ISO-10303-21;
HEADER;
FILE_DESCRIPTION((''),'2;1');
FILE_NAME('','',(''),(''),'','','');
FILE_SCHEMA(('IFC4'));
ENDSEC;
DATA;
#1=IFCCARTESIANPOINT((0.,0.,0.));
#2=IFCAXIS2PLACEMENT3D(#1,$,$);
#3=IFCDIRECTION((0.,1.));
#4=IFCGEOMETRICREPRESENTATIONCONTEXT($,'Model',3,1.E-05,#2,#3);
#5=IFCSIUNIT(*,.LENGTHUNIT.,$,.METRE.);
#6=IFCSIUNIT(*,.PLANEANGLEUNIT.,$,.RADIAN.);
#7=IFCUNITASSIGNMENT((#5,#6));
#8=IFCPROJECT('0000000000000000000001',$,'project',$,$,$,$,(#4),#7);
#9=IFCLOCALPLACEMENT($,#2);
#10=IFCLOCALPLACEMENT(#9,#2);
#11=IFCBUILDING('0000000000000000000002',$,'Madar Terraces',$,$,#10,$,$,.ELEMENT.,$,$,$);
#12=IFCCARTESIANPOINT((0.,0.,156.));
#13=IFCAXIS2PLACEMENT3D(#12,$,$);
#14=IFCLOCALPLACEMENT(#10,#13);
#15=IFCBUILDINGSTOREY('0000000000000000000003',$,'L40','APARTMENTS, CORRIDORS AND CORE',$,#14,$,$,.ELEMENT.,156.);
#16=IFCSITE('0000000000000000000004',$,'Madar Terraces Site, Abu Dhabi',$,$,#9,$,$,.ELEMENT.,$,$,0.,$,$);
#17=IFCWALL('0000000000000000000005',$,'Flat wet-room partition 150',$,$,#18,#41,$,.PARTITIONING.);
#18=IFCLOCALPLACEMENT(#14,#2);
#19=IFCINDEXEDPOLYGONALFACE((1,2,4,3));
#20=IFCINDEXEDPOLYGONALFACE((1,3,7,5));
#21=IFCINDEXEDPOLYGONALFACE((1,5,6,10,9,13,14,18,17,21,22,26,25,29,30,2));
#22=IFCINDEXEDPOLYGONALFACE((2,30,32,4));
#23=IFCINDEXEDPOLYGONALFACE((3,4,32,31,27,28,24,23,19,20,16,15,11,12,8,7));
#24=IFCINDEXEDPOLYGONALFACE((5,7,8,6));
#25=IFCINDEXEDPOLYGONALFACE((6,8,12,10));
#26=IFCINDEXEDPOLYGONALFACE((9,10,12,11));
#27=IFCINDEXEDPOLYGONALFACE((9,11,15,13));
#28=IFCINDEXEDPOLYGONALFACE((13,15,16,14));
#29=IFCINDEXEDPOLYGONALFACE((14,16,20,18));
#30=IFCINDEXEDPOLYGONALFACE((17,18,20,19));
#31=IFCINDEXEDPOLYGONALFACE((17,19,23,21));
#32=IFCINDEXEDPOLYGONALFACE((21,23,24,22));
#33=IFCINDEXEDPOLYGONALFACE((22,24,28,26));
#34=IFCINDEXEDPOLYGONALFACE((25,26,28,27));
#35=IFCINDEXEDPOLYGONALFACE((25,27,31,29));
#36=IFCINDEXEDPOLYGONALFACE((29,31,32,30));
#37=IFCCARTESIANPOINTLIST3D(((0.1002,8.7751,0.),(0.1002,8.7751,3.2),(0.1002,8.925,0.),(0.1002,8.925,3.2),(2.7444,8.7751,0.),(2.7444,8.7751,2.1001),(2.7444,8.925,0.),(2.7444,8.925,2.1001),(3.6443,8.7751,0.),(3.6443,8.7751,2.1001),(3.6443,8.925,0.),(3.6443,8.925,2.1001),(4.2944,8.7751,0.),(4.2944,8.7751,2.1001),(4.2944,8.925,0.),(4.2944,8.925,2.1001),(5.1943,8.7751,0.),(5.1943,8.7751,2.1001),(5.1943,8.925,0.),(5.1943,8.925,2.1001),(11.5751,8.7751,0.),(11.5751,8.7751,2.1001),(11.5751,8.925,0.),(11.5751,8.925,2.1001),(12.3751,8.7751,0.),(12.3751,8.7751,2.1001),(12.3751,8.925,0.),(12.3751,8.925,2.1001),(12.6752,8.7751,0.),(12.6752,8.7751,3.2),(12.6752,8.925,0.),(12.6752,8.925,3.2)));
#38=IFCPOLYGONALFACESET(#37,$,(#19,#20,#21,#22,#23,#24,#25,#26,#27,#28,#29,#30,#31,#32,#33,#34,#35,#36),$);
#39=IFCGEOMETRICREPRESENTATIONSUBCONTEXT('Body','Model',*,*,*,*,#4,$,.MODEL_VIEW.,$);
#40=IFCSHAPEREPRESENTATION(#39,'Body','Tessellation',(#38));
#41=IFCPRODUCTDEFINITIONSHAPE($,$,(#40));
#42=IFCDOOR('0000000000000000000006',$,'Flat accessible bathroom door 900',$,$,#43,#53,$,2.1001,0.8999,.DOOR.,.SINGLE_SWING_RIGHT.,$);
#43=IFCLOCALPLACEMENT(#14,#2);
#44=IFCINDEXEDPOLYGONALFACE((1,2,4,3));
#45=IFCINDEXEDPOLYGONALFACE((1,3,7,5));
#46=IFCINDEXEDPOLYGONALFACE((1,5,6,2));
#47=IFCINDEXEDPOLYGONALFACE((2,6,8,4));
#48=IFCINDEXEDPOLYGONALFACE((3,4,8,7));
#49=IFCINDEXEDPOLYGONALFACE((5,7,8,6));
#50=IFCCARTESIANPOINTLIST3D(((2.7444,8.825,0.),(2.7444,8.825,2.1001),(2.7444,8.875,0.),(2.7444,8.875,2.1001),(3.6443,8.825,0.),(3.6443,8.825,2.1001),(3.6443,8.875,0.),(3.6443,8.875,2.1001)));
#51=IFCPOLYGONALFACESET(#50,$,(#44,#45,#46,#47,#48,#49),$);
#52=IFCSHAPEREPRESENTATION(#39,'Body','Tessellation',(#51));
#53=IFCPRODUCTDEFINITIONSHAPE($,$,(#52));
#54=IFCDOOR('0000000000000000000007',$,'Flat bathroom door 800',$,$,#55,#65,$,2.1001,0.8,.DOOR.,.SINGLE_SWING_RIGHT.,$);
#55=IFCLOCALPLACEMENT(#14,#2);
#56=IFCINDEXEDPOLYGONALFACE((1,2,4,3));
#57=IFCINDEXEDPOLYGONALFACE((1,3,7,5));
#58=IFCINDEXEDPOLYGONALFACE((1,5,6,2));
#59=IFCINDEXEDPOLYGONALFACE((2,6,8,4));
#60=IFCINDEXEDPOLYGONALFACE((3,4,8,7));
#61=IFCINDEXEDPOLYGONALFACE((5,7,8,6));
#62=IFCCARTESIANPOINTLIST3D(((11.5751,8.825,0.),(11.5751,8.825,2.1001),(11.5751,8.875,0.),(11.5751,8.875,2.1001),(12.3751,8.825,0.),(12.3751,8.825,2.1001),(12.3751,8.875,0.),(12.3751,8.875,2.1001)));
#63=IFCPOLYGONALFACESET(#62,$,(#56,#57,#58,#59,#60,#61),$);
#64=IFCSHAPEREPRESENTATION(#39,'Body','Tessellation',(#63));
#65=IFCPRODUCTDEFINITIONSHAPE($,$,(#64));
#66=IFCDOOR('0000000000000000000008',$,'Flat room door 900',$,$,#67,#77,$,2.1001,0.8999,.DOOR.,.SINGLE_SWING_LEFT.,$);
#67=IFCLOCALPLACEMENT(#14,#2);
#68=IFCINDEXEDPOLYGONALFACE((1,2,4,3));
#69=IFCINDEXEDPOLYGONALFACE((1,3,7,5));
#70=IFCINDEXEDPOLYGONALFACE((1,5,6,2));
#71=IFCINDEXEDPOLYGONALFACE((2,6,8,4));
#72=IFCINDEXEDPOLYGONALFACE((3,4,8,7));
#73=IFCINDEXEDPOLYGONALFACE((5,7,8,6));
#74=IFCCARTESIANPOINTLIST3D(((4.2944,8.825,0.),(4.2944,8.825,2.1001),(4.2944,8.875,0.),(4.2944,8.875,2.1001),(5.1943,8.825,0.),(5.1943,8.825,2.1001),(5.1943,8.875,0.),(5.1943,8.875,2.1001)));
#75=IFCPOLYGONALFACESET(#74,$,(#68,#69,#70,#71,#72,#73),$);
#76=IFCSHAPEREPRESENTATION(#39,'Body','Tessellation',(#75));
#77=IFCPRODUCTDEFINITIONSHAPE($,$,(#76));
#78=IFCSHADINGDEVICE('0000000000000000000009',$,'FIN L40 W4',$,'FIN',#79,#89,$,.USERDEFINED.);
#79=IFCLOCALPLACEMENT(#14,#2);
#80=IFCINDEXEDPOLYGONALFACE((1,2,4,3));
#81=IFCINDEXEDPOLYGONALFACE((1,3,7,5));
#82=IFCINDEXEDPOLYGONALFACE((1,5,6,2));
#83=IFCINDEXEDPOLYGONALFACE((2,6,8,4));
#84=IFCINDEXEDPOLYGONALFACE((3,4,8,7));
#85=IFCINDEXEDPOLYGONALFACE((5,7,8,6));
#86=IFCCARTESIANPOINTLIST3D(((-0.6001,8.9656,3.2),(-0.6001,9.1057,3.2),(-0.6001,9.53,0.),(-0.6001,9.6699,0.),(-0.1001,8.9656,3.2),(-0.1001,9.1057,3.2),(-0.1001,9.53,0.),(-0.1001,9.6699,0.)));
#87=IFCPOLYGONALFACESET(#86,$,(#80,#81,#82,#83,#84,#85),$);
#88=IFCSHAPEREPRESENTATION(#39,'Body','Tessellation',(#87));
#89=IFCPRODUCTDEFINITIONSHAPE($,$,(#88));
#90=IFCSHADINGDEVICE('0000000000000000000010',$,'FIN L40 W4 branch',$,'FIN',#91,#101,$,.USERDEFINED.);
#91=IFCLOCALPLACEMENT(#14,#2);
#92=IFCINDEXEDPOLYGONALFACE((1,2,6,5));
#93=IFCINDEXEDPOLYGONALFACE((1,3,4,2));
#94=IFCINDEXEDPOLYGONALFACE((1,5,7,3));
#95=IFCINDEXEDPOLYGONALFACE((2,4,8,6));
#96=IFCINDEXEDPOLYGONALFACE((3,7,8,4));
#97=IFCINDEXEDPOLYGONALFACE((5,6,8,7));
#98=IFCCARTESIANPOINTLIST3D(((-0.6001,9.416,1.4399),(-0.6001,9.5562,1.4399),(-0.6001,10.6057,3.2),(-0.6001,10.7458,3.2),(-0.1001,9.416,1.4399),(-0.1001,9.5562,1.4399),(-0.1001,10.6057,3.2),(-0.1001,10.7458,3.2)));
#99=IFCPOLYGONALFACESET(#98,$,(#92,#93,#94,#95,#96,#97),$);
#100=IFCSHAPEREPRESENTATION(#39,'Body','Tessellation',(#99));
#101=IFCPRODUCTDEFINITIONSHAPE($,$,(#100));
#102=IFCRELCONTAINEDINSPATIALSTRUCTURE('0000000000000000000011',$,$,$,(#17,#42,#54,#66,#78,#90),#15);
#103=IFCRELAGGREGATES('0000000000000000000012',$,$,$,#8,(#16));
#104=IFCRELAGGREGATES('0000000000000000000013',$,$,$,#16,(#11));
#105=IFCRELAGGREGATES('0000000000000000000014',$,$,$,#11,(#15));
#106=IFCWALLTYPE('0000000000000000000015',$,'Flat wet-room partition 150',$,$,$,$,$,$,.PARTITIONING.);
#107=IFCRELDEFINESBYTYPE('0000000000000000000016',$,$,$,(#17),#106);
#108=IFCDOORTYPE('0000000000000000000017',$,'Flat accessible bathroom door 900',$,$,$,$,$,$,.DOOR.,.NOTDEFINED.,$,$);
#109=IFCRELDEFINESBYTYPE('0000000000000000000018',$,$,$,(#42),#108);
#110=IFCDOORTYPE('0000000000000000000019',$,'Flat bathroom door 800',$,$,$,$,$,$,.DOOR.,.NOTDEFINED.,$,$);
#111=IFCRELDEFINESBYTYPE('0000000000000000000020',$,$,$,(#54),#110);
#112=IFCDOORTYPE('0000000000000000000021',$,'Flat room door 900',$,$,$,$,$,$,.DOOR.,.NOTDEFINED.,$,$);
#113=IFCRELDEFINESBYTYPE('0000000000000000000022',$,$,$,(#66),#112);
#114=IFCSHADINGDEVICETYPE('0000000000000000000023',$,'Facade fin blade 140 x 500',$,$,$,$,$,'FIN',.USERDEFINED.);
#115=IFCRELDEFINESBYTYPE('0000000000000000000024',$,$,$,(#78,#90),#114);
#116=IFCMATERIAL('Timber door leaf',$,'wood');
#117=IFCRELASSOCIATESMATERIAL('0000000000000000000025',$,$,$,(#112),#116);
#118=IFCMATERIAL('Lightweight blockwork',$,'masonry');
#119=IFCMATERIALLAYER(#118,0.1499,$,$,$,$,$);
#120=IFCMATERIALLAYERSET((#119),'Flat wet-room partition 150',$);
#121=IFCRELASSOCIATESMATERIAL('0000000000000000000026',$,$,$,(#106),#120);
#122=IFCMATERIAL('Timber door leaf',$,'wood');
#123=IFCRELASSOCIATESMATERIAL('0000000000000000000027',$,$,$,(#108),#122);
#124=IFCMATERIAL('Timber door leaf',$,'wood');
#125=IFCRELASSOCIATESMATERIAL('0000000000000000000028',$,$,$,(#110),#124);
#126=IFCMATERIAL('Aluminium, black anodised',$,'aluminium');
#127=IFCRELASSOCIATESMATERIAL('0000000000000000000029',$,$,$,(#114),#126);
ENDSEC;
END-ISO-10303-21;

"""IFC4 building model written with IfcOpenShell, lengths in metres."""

from ifc_helpers import new_model, si_unit, direction, frame, frame_2d, origin, place, context, subcontext, project, spatial, polyline, rectangle, outline, extrude, material, layer, layer_set, type_object, element, fill, save


model = new_model("IFC4")

# Units and contexts
model_context = context("Model", 3, precision=1e-05, world=origin(), true_north=direction((0.0, 1.0)))
body_context = subcontext(model_context, "Body", "Model", "MODEL_VIEW")
ifc_project = project(units=[si_unit("LENGTHUNIT", "METRE"), si_unit("PLANEANGLEUNIT", "RADIAN")], contexts=[model_context])

# Site, building, storey
site_placement = place(None, origin())
site = spatial("IfcSite", under=ifc_project, at=site_placement, Name="Madar Terraces Site, Abu Dhabi", CompositionType="ELEMENT", RefElevation=0.0)
building_placement = place(site_placement, origin())
building = spatial("IfcBuilding", under=site, at=building_placement, Name="Madar Terraces", CompositionType="ELEMENT")
storey_placement = place(building_placement, frame((0.0, 0.0, 156.0)))
storey = spatial("IfcBuildingStorey", under=building, at=storey_placement, Name="L40", Description="APARTMENTS, CORRIDORS AND CORE", CompositionType="ELEMENT", Elevation=156.0)

# Shared definitions
ifc_material_1 = material(Name="Timber door leaf", Category="wood")
door_type_1 = type_object("IfcDoorType", Name="Flat room door 900", OperationType="NOTDEFINED", PredefinedType="DOOR", material=ifc_material_1)

# Shared definitions
ifc_material_2 = material(Name="Lightweight blockwork", Category="masonry")
ifc_layer_1 = layer(ifc_material_2, 0.1499)
ifc_layer_set_1 = layer_set([ifc_layer_1], Name="Flat wet-room partition 150")
wall_type_1 = type_object("IfcWallType", Name="Flat wet-room partition 150", PredefinedType="PARTITIONING", material=ifc_layer_set_1)

# Wall, openings, doors
wall_1_placement = place(storey_placement, frame((0.1001, 8.8501, 0.0), z_axis=(0.0, 0.0, 1.0), x_axis=(1.0, 0.0, 0.0)))
wall_1 = element("IfcWall", 1, at=wall_1_placement, inside=storey, type_object=wall_type_1, Name="Flat wet-room partition 150", PredefinedType="PARTITIONING", context=body_context, shape_type="SweptSolid", body=[
    extrude(rectangle(XDim=12.575, YDim=0.1499, at=frame_2d((6.2876, 0.0))), origin(), (0.0, 0.0, 1.0), 3.2),
])
opening_1_placement = place(wall_1_placement, frame((11.4751, 0.0, 0.0)))
opening_1 = element("IfcOpeningElement", 2, at=opening_1_placement, cuts=wall_1, PredefinedType="OPENING", context=body_context, shape_type="SweptSolid", body=[
    extrude(rectangle(XDim=0.8, YDim=2.1001, at=frame_2d((0.3999, 1.05))), frame((0.0, 0.085, 0.0), z_axis=(0.0, -1.0, 0.0), x_axis=(1.0, 0.0, 0.0)), (0.0, 0.0, 1.0), 0.1699),
])
opening_2_placement = place(wall_1_placement, frame((4.1943, 0.0, 0.0)))
opening_2 = element("IfcOpeningElement", 3, at=opening_2_placement, cuts=wall_1, PredefinedType="OPENING", context=body_context, shape_type="SweptSolid", body=[
    extrude(rectangle(XDim=0.8999, YDim=2.1001, at=frame_2d((0.45, 1.05))), frame((0.0, 0.085, 0.0), z_axis=(0.0, -1.0, 0.0), x_axis=(1.0, 0.0, 0.0)), (0.0, 0.0, 1.0), 0.1699),
])
opening_3_placement = place(wall_1_placement, frame((2.6443, 0.0, 0.0)))
opening_3 = element("IfcOpeningElement", 4, at=opening_3_placement, cuts=wall_1, PredefinedType="OPENING", context=body_context, shape_type="SweptSolid", body=[
    extrude(rectangle(XDim=0.8999, YDim=2.1001, at=frame_2d((0.45, 1.05))), frame((0.0, 0.085, 0.0), z_axis=(0.0, -1.0, 0.0), x_axis=(1.0, 0.0, 0.0)), (0.0, 0.0, 1.0), 0.1699),
])
ifc_material_3 = material(Name="Timber door leaf", Category="wood")
door_type_2 = type_object("IfcDoorType", Name="Flat accessible bathroom door 900", OperationType="NOTDEFINED", PredefinedType="DOOR", material=ifc_material_3)
door_1_placement = place(opening_3_placement, origin())
door_1 = element("IfcDoor", 5, at=door_1_placement, inside=storey, type_object=door_type_2, Name="Flat accessible bathroom door 900", OperationType="SINGLE_SWING_RIGHT", OverallHeight=2.1001, OverallWidth=0.8999, PredefinedType="DOOR", context=body_context, shape_type="SweptSolid", body=[
    extrude(rectangle(XDim=0.8999, YDim=2.1001, at=frame_2d((0.45, 1.05))), frame((0.0, 0.0249, 0.0), z_axis=(0.0, -1.0, 0.0), x_axis=(1.0, 0.0, 0.0)), (0.0, 0.0, 1.0), 0.05),
])
fill(opening_3, door_1)
ifc_material_4 = material(Name="Timber door leaf", Category="wood")
door_type_3 = type_object("IfcDoorType", Name="Flat bathroom door 800", OperationType="NOTDEFINED", PredefinedType="DOOR", material=ifc_material_4)
door_2_placement = place(opening_1_placement, origin())
door_2 = element("IfcDoor", 6, at=door_2_placement, inside=storey, type_object=door_type_3, Name="Flat bathroom door 800", OperationType="SINGLE_SWING_RIGHT", OverallHeight=2.1001, OverallWidth=0.8, PredefinedType="DOOR", context=body_context, shape_type="SweptSolid", body=[
    extrude(rectangle(XDim=0.8, YDim=2.1001, at=frame_2d((0.3999, 1.05))), frame((0.0, 0.0249, 0.0), z_axis=(0.0, -1.0, 0.0), x_axis=(1.0, 0.0, 0.0)), (0.0, 0.0, 1.0), 0.05),
])
fill(opening_1, door_2)
door_3_placement = place(opening_2_placement, origin())
door_3 = element("IfcDoor", 7, at=door_3_placement, inside=storey, type_object=door_type_1, Name="Flat room door 900", OperationType="SINGLE_SWING_LEFT", OverallHeight=2.1001, OverallWidth=0.8999, PredefinedType="DOOR", context=body_context, shape_type="SweptSolid", body=[
    extrude(rectangle(XDim=0.8999, YDim=2.1001, at=frame_2d((0.45, 1.05))), frame((0.0, 0.0249, 0.0), z_axis=(0.0, -1.0, 0.0), x_axis=(1.0, 0.0, 0.0)), (0.0, 0.0, 1.0), 0.05),
])
fill(opening_2, door_3)

# Shading devices
ifc_material_5 = material(Name="Aluminium, black anodised", Category="aluminium")
shading_device_type = type_object("IfcShadingDeviceType", Name="Facade fin blade 140 x 500", ElementType="FIN", PredefinedType="USERDEFINED", material=ifc_material_5)
shading_device_1_placement = place(storey_placement, frame((-0.3501, 9.6699, 0.0), z_axis=(0.0, 0.0, 1.0), x_axis=(0.0, -1.0, 0.0)))
element("IfcShadingDevice", 8, at=shading_device_1_placement, inside=storey, type_object=shading_device_type, Name="FIN L40 W4", ObjectType="FIN", PredefinedType="USERDEFINED", context=body_context, shape_type="SweptSolid", body=[
    extrude(outline(polyline([(0.0, 0.0), (0.1399, 0.0), (0.7043, 3.2), (0.5642, 3.2), (0.0, 0.0)])), frame((0.0, 0.25, 0.0), z_axis=(0.0, -1.0, 0.0), x_axis=(1.0, 0.0, 0.0)), (0.0, 0.0, 1.0), 0.5),
])
shading_device_2_placement = place(storey_placement, frame((-0.3501, 9.5562, 1.4399), z_axis=(0.0, 0.0, 1.0), x_axis=(0.0, -1.0, 0.0)))
element("IfcShadingDevice", 9, at=shading_device_2_placement, inside=storey, type_object=shading_device_type, Name="FIN L40 W4 branch", ObjectType="FIN", PredefinedType="USERDEFINED", context=body_context, shape_type="SweptSolid", body=[
    extrude(outline(polyline([(0.0, 0.0), (0.1401, 0.0), (-1.0496, 1.76), (-1.1897, 1.76), (0.0, 0.0)])), frame((0.0, 0.25, 0.0), z_axis=(0.0, -1.0, 0.0), x_axis=(1.0, 0.0, 0.0)), (0.0, 0.0, 1.0), 0.5),
])

save(model, "model.ifc")
